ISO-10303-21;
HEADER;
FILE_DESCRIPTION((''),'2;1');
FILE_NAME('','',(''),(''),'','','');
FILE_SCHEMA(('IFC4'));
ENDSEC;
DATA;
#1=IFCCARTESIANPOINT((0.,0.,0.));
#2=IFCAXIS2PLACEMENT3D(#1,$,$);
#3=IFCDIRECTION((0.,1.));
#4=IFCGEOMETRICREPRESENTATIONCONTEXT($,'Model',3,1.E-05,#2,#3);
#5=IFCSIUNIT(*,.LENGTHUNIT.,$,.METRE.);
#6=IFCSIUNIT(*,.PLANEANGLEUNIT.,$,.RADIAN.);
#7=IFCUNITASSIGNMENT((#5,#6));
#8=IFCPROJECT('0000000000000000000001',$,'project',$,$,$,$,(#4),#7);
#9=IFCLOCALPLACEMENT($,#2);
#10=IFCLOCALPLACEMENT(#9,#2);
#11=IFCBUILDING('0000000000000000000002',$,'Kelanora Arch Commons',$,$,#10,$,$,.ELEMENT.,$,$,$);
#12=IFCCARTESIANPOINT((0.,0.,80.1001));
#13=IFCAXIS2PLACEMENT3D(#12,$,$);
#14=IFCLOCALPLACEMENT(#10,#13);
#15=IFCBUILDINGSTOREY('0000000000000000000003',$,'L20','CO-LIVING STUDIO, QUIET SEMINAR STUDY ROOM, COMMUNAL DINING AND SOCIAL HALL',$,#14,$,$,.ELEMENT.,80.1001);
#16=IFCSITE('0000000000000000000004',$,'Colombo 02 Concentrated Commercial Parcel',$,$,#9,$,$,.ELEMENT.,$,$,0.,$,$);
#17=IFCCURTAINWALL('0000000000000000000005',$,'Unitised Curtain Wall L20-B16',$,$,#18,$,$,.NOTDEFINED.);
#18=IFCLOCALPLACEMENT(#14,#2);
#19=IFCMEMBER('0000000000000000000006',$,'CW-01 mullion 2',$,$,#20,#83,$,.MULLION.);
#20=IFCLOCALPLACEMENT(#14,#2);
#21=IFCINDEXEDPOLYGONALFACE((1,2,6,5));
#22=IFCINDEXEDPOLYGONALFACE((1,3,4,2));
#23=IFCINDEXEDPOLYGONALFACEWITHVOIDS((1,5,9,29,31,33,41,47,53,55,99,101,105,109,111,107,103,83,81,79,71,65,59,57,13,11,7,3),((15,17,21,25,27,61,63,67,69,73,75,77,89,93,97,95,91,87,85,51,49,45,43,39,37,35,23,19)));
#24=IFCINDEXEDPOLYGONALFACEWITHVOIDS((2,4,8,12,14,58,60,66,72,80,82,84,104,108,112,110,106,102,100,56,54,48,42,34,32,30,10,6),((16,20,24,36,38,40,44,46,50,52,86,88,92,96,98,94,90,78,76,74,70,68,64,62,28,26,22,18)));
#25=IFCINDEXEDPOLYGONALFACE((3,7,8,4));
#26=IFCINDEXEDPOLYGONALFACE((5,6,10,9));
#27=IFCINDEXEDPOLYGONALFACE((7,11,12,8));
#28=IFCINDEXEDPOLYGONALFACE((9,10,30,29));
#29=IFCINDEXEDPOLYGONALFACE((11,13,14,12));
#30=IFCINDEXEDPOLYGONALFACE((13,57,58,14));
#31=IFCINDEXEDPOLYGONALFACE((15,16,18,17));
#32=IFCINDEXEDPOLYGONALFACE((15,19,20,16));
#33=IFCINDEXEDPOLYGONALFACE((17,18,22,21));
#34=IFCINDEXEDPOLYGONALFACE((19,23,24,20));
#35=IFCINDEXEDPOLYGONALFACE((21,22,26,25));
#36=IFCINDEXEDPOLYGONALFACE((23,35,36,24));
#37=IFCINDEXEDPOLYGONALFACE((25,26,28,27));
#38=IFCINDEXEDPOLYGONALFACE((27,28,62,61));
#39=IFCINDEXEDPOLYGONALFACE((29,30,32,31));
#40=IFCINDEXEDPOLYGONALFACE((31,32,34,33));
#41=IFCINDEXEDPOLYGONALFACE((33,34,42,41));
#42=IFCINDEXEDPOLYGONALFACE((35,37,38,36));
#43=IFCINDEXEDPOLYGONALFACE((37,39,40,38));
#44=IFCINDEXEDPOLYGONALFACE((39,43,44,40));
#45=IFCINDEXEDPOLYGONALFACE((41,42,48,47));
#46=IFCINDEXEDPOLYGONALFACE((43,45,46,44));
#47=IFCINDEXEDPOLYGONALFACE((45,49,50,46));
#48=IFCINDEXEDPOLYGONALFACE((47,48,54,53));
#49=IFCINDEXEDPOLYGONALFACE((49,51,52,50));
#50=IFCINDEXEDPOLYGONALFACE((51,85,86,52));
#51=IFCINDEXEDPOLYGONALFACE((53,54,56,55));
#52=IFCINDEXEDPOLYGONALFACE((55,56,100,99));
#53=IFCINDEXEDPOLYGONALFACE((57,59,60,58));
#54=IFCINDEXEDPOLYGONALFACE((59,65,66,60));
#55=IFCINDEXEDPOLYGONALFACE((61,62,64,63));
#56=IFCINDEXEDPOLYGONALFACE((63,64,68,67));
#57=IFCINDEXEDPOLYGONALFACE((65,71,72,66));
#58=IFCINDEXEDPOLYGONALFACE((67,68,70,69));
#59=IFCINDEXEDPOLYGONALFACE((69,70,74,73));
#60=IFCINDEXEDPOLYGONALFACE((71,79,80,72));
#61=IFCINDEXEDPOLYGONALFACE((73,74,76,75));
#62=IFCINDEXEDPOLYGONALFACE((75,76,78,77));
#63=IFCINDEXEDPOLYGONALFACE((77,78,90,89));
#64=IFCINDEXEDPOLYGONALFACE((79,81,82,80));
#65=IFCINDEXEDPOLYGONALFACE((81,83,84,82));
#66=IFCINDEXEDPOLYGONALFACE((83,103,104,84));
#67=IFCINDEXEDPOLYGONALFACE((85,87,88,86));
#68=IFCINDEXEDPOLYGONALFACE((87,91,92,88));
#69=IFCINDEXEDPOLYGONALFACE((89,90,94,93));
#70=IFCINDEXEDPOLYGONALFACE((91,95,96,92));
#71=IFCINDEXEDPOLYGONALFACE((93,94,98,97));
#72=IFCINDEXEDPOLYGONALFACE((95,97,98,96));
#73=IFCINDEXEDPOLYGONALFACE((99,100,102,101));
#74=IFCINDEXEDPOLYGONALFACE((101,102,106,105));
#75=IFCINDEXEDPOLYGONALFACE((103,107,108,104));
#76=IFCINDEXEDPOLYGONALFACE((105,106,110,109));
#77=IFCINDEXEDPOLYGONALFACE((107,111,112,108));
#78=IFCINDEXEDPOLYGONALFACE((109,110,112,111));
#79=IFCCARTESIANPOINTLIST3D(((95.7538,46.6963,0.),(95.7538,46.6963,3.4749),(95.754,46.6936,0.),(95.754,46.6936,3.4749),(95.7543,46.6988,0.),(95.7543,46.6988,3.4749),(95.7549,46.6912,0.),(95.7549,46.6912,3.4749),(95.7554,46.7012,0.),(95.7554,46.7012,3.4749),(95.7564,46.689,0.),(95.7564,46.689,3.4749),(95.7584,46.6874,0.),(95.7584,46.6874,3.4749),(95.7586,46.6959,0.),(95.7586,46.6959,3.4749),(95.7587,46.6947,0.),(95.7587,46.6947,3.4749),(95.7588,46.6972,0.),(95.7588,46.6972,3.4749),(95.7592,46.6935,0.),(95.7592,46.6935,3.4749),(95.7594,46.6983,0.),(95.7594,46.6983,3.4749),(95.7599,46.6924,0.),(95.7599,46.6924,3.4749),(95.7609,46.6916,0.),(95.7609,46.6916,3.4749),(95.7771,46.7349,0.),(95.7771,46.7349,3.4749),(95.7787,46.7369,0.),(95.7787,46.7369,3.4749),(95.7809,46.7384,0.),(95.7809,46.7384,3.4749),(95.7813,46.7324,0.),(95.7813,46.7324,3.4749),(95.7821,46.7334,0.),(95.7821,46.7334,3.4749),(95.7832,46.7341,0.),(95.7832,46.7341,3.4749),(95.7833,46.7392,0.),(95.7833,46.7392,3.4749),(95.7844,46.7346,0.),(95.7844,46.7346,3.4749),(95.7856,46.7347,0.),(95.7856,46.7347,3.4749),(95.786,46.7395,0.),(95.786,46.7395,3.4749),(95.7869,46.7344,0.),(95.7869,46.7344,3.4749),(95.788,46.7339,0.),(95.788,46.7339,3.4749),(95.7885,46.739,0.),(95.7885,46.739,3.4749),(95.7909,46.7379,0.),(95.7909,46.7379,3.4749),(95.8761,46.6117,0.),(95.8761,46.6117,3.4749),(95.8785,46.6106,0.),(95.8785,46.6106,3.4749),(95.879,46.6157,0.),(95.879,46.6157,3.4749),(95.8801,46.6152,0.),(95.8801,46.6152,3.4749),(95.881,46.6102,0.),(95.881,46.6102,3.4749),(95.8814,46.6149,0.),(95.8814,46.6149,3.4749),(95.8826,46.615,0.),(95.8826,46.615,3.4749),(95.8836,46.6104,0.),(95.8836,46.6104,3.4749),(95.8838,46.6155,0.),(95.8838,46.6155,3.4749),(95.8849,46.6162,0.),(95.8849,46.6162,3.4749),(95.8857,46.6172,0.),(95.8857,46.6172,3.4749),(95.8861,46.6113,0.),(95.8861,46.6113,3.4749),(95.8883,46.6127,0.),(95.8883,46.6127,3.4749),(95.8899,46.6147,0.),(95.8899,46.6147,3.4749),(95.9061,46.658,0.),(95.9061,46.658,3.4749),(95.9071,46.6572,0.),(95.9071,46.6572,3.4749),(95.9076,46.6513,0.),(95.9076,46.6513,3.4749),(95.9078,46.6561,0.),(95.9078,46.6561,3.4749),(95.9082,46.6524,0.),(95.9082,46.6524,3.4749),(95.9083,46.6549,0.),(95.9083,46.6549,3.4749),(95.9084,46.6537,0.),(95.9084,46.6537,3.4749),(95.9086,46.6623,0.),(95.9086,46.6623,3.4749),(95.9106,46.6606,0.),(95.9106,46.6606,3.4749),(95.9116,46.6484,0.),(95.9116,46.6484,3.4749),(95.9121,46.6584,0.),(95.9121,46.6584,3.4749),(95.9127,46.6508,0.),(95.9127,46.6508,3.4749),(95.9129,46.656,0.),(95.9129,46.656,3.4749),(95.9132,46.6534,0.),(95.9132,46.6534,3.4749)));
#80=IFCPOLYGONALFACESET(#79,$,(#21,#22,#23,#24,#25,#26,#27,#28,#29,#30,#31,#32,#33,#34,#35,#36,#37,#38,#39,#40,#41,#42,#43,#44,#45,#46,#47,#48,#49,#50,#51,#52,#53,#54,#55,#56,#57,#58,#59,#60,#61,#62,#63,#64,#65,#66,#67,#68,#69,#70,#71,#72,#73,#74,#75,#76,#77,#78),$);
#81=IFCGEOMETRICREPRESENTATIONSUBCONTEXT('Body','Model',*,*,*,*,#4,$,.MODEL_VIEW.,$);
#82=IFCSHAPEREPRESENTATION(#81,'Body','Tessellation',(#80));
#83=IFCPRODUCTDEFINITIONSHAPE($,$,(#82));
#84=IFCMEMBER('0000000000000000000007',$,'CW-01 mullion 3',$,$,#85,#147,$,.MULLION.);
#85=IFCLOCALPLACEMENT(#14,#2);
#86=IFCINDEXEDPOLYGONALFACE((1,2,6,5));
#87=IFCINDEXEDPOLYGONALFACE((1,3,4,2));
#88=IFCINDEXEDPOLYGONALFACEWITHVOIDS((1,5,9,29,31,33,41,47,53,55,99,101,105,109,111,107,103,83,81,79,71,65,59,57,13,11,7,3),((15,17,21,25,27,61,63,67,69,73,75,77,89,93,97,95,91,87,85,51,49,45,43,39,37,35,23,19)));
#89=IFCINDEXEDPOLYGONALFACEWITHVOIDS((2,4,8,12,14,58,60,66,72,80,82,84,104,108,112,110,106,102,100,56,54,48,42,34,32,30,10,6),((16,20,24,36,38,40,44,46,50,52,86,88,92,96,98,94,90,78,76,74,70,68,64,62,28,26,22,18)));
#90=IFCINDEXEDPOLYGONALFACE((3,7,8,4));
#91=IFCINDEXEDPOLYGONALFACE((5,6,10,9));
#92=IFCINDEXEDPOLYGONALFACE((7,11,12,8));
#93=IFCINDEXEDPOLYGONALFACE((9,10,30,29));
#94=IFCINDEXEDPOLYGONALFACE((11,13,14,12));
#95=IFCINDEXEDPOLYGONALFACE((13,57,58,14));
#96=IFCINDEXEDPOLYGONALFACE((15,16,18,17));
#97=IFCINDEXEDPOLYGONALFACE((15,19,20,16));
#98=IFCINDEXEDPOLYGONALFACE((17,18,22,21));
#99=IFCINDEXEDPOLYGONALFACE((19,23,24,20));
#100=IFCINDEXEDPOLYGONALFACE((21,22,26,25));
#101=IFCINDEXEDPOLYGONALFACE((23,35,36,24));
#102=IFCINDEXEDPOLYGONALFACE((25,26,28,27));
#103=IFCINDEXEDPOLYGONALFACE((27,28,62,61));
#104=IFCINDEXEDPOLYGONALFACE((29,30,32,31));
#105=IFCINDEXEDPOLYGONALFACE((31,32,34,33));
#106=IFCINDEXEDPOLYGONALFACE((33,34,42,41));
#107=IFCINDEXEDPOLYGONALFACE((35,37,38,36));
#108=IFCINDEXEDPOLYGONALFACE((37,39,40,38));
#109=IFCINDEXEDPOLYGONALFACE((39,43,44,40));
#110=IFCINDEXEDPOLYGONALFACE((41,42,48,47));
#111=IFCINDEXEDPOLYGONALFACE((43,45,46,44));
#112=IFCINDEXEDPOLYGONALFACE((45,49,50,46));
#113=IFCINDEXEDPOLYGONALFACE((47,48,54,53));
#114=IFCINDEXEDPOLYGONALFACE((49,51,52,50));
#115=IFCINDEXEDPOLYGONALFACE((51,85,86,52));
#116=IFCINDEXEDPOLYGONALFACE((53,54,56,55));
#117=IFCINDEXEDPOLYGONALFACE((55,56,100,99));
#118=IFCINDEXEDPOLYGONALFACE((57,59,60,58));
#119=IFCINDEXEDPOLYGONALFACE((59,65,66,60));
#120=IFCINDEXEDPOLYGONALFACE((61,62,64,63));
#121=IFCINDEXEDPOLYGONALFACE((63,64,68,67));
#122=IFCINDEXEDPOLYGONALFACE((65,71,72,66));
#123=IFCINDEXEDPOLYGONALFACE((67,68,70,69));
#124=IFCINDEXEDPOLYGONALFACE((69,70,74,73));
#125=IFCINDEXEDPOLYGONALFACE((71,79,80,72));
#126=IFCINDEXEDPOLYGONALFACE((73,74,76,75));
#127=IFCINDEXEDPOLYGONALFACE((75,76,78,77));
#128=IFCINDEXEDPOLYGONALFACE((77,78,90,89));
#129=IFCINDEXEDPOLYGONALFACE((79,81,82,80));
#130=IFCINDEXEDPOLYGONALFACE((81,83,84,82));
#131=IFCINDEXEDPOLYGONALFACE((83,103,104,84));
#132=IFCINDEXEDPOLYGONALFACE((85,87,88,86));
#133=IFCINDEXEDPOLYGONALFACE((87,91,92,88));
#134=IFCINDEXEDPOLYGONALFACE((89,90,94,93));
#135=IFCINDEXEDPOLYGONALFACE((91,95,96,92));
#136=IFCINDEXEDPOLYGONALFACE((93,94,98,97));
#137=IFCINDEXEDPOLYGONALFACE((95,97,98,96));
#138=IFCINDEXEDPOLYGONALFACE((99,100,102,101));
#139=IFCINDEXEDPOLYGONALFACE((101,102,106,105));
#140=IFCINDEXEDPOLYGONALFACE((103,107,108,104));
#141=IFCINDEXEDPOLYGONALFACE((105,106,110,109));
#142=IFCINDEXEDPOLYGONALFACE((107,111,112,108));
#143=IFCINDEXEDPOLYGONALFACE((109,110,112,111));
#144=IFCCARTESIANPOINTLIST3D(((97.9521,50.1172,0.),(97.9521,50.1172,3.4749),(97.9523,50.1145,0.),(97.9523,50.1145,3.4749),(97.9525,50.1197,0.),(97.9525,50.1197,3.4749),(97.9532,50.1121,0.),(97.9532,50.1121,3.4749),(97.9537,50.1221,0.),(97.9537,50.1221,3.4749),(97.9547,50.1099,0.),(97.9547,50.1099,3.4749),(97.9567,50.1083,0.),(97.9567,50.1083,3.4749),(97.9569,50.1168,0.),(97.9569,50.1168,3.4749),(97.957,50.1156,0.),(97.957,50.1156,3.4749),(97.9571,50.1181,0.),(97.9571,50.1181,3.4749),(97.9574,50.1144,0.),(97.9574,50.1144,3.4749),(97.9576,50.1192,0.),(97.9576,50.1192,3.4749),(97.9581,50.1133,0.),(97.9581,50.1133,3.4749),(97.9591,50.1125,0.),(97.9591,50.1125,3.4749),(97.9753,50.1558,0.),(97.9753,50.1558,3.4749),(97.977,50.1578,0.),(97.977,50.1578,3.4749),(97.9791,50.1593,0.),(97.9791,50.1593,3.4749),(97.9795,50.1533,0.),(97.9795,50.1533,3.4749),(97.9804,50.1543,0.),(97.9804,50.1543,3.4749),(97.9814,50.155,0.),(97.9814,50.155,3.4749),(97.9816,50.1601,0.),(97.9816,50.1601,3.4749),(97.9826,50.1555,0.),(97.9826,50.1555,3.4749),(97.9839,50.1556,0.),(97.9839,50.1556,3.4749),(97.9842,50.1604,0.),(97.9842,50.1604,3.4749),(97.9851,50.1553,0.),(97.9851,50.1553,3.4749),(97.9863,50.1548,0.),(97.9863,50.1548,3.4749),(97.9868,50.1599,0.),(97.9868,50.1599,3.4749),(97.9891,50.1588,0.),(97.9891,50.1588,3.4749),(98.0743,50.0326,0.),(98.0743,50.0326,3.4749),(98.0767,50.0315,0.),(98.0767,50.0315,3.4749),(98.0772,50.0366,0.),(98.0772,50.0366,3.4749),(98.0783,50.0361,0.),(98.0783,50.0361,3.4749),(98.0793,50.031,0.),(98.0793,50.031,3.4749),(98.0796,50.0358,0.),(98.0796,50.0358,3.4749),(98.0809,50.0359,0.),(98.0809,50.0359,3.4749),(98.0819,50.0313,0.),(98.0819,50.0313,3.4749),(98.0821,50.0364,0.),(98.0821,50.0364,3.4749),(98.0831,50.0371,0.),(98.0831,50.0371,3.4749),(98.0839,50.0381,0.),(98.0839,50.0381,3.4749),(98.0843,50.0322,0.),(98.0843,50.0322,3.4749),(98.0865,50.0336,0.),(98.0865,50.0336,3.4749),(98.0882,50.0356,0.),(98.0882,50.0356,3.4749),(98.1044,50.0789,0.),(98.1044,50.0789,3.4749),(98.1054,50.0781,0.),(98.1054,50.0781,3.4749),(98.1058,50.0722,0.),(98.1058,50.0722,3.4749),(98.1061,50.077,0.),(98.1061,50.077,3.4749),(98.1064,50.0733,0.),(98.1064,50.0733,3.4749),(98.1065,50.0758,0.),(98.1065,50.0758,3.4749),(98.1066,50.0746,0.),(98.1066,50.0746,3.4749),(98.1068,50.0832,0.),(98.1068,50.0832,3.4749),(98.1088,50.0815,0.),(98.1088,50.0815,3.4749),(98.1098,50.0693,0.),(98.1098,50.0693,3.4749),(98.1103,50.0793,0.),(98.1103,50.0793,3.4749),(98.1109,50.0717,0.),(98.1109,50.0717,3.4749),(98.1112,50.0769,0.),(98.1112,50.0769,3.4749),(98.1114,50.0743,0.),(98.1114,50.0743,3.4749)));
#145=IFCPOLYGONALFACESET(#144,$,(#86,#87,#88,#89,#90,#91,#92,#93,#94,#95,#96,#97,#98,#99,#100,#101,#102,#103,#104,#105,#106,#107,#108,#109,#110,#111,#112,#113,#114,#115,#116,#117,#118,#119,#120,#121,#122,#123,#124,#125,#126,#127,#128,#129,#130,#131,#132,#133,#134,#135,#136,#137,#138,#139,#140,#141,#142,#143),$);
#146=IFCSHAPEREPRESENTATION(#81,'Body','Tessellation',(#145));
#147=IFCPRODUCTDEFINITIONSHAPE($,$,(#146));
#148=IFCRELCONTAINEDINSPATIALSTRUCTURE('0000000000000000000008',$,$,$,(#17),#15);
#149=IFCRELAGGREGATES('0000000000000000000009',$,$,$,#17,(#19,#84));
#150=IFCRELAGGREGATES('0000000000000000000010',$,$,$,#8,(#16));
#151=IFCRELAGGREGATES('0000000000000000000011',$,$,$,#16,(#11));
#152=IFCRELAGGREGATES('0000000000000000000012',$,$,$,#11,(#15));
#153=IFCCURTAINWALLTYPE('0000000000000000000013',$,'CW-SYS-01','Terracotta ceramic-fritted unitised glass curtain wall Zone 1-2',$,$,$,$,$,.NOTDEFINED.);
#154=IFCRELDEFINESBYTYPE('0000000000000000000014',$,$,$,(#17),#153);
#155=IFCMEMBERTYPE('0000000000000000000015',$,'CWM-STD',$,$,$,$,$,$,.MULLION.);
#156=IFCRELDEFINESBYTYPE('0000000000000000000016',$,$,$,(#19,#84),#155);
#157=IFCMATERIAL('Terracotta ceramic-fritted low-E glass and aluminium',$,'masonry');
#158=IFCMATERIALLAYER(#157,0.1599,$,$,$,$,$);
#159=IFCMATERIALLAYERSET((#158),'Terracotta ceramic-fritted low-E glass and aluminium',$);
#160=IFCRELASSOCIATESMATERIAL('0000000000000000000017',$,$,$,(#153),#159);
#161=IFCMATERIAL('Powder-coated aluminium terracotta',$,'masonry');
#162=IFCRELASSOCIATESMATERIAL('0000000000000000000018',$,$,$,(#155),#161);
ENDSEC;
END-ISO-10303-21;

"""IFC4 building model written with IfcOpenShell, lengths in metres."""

from ifc_helpers import new_model, si_unit, direction, frame, origin, origin_2d, place, context, subcontext, project, spatial, hollow_rectangle, extrude, material, layer, layer_set, material_profile, profile_set, type_object, element, aggregate, save


model = new_model("IFC4")

# Units and contexts
model_context = context("Model", 3, precision=1e-05, world=origin(), true_north=direction((0.0, 1.0)))
body_context = subcontext(model_context, "Body", "Model", "MODEL_VIEW")
ifc_project = project(units=[si_unit("LENGTHUNIT", "METRE"), si_unit("PLANEANGLEUNIT", "RADIAN")], contexts=[model_context])

# Site, building, storey
site_placement = place(None, origin())
site = spatial("IfcSite", under=ifc_project, at=site_placement, Name="Colombo 02 Concentrated Commercial Parcel", CompositionType="ELEMENT", RefElevation=0.0)
building_placement = place(site_placement, origin())
building = spatial("IfcBuilding", under=site, at=building_placement, Name="Kelanora Arch Commons", CompositionType="ELEMENT")
storey_placement = place(building_placement, frame((0.0, 0.0, 80.1001)))
storey = spatial("IfcBuildingStorey", under=building, at=storey_placement, Name="L20", Description="CO-LIVING STUDIO, QUIET SEMINAR STUDY ROOM, COMMUNAL DINING AND SOCIAL HALL", CompositionType="ELEMENT", Elevation=80.1001)

# Shared definitions
ifc_material_1 = material(Name="Terracotta ceramic-fritted low-E glass and aluminium", Category="masonry")
ifc_layer_1 = layer(ifc_material_1, 0.1599)
ifc_layer_set_1 = layer_set([ifc_layer_1], Name="Terracotta ceramic-fritted low-E glass and aluminium")
curtain_wall_type = type_object("IfcCurtainWallType", Name="CW-SYS-01", Description="Terracotta ceramic-fritted unitised glass curtain wall Zone 1-2", PredefinedType="NOTDEFINED", material=ifc_layer_set_1)
ifc_material_2 = material(Name="Powder-coated aluminium terracotta", Category="masonry")
ifc_material_profile_1 = material_profile(ifc_material_2, hollow_rectangle(XDim=0.1599, YDim=0.0601, WallThickness=0.0049, InnerFilletRadius=0.0049, OuterFilletRadius=0.01, at=origin_2d()), Name="CWM160x60")
ifc_profile_set_1 = profile_set([ifc_material_profile_1], Name="Powder-coated aluminium terracotta")
member_type_1 = type_object("IfcMemberType", Name="CWM-STD", PredefinedType="MULLION", material=ifc_profile_set_1)

# Curtain wall, members
curtain_wall_1_placement = place(storey_placement, origin())
curtain_wall_1 = element("IfcCurtainWall", 1, at=curtain_wall_1_placement, inside=storey, type_object=curtain_wall_type, Name="Unitised Curtain Wall L20-B16", PredefinedType="NOTDEFINED")
member_1_placement = place(storey_placement, frame((95.8335, 46.6748, 0.0), z_axis=(0.0, 0.0, 1.0), x_axis=(-0.841269, 0.540617, 0.0)))
member_1 = element("IfcMember", 2, at=member_1_placement, type_object=member_type_1, Name="CW-01 mullion 2", PredefinedType="MULLION", context=body_context, shape_type="SweptSolid", body=[
    extrude(hollow_rectangle(XDim=0.1599, YDim=0.0601, WallThickness=0.0049, InnerFilletRadius=0.0049, OuterFilletRadius=0.01, at=origin_2d()), origin(), (0.0, 0.0, 1.0), 3.4749),
])
member_2_placement = place(storey_placement, frame((98.0317, 50.0957, 0.0), z_axis=(0.0, 0.0, 1.0), x_axis=(-0.841269, 0.540617, 0.0)))
member_2 = element("IfcMember", 3, at=member_2_placement, type_object=member_type_1, Name="CW-01 mullion 3", PredefinedType="MULLION", context=body_context, shape_type="SweptSolid", body=[
    extrude(hollow_rectangle(XDim=0.1599, YDim=0.0601, WallThickness=0.0049, InnerFilletRadius=0.0049, OuterFilletRadius=0.01, at=origin_2d()), origin(), (0.0, 0.0, 1.0), 3.4749),
])
aggregate(curtain_wall_1, [member_1, member_2])

save(model, "model.ifc")
